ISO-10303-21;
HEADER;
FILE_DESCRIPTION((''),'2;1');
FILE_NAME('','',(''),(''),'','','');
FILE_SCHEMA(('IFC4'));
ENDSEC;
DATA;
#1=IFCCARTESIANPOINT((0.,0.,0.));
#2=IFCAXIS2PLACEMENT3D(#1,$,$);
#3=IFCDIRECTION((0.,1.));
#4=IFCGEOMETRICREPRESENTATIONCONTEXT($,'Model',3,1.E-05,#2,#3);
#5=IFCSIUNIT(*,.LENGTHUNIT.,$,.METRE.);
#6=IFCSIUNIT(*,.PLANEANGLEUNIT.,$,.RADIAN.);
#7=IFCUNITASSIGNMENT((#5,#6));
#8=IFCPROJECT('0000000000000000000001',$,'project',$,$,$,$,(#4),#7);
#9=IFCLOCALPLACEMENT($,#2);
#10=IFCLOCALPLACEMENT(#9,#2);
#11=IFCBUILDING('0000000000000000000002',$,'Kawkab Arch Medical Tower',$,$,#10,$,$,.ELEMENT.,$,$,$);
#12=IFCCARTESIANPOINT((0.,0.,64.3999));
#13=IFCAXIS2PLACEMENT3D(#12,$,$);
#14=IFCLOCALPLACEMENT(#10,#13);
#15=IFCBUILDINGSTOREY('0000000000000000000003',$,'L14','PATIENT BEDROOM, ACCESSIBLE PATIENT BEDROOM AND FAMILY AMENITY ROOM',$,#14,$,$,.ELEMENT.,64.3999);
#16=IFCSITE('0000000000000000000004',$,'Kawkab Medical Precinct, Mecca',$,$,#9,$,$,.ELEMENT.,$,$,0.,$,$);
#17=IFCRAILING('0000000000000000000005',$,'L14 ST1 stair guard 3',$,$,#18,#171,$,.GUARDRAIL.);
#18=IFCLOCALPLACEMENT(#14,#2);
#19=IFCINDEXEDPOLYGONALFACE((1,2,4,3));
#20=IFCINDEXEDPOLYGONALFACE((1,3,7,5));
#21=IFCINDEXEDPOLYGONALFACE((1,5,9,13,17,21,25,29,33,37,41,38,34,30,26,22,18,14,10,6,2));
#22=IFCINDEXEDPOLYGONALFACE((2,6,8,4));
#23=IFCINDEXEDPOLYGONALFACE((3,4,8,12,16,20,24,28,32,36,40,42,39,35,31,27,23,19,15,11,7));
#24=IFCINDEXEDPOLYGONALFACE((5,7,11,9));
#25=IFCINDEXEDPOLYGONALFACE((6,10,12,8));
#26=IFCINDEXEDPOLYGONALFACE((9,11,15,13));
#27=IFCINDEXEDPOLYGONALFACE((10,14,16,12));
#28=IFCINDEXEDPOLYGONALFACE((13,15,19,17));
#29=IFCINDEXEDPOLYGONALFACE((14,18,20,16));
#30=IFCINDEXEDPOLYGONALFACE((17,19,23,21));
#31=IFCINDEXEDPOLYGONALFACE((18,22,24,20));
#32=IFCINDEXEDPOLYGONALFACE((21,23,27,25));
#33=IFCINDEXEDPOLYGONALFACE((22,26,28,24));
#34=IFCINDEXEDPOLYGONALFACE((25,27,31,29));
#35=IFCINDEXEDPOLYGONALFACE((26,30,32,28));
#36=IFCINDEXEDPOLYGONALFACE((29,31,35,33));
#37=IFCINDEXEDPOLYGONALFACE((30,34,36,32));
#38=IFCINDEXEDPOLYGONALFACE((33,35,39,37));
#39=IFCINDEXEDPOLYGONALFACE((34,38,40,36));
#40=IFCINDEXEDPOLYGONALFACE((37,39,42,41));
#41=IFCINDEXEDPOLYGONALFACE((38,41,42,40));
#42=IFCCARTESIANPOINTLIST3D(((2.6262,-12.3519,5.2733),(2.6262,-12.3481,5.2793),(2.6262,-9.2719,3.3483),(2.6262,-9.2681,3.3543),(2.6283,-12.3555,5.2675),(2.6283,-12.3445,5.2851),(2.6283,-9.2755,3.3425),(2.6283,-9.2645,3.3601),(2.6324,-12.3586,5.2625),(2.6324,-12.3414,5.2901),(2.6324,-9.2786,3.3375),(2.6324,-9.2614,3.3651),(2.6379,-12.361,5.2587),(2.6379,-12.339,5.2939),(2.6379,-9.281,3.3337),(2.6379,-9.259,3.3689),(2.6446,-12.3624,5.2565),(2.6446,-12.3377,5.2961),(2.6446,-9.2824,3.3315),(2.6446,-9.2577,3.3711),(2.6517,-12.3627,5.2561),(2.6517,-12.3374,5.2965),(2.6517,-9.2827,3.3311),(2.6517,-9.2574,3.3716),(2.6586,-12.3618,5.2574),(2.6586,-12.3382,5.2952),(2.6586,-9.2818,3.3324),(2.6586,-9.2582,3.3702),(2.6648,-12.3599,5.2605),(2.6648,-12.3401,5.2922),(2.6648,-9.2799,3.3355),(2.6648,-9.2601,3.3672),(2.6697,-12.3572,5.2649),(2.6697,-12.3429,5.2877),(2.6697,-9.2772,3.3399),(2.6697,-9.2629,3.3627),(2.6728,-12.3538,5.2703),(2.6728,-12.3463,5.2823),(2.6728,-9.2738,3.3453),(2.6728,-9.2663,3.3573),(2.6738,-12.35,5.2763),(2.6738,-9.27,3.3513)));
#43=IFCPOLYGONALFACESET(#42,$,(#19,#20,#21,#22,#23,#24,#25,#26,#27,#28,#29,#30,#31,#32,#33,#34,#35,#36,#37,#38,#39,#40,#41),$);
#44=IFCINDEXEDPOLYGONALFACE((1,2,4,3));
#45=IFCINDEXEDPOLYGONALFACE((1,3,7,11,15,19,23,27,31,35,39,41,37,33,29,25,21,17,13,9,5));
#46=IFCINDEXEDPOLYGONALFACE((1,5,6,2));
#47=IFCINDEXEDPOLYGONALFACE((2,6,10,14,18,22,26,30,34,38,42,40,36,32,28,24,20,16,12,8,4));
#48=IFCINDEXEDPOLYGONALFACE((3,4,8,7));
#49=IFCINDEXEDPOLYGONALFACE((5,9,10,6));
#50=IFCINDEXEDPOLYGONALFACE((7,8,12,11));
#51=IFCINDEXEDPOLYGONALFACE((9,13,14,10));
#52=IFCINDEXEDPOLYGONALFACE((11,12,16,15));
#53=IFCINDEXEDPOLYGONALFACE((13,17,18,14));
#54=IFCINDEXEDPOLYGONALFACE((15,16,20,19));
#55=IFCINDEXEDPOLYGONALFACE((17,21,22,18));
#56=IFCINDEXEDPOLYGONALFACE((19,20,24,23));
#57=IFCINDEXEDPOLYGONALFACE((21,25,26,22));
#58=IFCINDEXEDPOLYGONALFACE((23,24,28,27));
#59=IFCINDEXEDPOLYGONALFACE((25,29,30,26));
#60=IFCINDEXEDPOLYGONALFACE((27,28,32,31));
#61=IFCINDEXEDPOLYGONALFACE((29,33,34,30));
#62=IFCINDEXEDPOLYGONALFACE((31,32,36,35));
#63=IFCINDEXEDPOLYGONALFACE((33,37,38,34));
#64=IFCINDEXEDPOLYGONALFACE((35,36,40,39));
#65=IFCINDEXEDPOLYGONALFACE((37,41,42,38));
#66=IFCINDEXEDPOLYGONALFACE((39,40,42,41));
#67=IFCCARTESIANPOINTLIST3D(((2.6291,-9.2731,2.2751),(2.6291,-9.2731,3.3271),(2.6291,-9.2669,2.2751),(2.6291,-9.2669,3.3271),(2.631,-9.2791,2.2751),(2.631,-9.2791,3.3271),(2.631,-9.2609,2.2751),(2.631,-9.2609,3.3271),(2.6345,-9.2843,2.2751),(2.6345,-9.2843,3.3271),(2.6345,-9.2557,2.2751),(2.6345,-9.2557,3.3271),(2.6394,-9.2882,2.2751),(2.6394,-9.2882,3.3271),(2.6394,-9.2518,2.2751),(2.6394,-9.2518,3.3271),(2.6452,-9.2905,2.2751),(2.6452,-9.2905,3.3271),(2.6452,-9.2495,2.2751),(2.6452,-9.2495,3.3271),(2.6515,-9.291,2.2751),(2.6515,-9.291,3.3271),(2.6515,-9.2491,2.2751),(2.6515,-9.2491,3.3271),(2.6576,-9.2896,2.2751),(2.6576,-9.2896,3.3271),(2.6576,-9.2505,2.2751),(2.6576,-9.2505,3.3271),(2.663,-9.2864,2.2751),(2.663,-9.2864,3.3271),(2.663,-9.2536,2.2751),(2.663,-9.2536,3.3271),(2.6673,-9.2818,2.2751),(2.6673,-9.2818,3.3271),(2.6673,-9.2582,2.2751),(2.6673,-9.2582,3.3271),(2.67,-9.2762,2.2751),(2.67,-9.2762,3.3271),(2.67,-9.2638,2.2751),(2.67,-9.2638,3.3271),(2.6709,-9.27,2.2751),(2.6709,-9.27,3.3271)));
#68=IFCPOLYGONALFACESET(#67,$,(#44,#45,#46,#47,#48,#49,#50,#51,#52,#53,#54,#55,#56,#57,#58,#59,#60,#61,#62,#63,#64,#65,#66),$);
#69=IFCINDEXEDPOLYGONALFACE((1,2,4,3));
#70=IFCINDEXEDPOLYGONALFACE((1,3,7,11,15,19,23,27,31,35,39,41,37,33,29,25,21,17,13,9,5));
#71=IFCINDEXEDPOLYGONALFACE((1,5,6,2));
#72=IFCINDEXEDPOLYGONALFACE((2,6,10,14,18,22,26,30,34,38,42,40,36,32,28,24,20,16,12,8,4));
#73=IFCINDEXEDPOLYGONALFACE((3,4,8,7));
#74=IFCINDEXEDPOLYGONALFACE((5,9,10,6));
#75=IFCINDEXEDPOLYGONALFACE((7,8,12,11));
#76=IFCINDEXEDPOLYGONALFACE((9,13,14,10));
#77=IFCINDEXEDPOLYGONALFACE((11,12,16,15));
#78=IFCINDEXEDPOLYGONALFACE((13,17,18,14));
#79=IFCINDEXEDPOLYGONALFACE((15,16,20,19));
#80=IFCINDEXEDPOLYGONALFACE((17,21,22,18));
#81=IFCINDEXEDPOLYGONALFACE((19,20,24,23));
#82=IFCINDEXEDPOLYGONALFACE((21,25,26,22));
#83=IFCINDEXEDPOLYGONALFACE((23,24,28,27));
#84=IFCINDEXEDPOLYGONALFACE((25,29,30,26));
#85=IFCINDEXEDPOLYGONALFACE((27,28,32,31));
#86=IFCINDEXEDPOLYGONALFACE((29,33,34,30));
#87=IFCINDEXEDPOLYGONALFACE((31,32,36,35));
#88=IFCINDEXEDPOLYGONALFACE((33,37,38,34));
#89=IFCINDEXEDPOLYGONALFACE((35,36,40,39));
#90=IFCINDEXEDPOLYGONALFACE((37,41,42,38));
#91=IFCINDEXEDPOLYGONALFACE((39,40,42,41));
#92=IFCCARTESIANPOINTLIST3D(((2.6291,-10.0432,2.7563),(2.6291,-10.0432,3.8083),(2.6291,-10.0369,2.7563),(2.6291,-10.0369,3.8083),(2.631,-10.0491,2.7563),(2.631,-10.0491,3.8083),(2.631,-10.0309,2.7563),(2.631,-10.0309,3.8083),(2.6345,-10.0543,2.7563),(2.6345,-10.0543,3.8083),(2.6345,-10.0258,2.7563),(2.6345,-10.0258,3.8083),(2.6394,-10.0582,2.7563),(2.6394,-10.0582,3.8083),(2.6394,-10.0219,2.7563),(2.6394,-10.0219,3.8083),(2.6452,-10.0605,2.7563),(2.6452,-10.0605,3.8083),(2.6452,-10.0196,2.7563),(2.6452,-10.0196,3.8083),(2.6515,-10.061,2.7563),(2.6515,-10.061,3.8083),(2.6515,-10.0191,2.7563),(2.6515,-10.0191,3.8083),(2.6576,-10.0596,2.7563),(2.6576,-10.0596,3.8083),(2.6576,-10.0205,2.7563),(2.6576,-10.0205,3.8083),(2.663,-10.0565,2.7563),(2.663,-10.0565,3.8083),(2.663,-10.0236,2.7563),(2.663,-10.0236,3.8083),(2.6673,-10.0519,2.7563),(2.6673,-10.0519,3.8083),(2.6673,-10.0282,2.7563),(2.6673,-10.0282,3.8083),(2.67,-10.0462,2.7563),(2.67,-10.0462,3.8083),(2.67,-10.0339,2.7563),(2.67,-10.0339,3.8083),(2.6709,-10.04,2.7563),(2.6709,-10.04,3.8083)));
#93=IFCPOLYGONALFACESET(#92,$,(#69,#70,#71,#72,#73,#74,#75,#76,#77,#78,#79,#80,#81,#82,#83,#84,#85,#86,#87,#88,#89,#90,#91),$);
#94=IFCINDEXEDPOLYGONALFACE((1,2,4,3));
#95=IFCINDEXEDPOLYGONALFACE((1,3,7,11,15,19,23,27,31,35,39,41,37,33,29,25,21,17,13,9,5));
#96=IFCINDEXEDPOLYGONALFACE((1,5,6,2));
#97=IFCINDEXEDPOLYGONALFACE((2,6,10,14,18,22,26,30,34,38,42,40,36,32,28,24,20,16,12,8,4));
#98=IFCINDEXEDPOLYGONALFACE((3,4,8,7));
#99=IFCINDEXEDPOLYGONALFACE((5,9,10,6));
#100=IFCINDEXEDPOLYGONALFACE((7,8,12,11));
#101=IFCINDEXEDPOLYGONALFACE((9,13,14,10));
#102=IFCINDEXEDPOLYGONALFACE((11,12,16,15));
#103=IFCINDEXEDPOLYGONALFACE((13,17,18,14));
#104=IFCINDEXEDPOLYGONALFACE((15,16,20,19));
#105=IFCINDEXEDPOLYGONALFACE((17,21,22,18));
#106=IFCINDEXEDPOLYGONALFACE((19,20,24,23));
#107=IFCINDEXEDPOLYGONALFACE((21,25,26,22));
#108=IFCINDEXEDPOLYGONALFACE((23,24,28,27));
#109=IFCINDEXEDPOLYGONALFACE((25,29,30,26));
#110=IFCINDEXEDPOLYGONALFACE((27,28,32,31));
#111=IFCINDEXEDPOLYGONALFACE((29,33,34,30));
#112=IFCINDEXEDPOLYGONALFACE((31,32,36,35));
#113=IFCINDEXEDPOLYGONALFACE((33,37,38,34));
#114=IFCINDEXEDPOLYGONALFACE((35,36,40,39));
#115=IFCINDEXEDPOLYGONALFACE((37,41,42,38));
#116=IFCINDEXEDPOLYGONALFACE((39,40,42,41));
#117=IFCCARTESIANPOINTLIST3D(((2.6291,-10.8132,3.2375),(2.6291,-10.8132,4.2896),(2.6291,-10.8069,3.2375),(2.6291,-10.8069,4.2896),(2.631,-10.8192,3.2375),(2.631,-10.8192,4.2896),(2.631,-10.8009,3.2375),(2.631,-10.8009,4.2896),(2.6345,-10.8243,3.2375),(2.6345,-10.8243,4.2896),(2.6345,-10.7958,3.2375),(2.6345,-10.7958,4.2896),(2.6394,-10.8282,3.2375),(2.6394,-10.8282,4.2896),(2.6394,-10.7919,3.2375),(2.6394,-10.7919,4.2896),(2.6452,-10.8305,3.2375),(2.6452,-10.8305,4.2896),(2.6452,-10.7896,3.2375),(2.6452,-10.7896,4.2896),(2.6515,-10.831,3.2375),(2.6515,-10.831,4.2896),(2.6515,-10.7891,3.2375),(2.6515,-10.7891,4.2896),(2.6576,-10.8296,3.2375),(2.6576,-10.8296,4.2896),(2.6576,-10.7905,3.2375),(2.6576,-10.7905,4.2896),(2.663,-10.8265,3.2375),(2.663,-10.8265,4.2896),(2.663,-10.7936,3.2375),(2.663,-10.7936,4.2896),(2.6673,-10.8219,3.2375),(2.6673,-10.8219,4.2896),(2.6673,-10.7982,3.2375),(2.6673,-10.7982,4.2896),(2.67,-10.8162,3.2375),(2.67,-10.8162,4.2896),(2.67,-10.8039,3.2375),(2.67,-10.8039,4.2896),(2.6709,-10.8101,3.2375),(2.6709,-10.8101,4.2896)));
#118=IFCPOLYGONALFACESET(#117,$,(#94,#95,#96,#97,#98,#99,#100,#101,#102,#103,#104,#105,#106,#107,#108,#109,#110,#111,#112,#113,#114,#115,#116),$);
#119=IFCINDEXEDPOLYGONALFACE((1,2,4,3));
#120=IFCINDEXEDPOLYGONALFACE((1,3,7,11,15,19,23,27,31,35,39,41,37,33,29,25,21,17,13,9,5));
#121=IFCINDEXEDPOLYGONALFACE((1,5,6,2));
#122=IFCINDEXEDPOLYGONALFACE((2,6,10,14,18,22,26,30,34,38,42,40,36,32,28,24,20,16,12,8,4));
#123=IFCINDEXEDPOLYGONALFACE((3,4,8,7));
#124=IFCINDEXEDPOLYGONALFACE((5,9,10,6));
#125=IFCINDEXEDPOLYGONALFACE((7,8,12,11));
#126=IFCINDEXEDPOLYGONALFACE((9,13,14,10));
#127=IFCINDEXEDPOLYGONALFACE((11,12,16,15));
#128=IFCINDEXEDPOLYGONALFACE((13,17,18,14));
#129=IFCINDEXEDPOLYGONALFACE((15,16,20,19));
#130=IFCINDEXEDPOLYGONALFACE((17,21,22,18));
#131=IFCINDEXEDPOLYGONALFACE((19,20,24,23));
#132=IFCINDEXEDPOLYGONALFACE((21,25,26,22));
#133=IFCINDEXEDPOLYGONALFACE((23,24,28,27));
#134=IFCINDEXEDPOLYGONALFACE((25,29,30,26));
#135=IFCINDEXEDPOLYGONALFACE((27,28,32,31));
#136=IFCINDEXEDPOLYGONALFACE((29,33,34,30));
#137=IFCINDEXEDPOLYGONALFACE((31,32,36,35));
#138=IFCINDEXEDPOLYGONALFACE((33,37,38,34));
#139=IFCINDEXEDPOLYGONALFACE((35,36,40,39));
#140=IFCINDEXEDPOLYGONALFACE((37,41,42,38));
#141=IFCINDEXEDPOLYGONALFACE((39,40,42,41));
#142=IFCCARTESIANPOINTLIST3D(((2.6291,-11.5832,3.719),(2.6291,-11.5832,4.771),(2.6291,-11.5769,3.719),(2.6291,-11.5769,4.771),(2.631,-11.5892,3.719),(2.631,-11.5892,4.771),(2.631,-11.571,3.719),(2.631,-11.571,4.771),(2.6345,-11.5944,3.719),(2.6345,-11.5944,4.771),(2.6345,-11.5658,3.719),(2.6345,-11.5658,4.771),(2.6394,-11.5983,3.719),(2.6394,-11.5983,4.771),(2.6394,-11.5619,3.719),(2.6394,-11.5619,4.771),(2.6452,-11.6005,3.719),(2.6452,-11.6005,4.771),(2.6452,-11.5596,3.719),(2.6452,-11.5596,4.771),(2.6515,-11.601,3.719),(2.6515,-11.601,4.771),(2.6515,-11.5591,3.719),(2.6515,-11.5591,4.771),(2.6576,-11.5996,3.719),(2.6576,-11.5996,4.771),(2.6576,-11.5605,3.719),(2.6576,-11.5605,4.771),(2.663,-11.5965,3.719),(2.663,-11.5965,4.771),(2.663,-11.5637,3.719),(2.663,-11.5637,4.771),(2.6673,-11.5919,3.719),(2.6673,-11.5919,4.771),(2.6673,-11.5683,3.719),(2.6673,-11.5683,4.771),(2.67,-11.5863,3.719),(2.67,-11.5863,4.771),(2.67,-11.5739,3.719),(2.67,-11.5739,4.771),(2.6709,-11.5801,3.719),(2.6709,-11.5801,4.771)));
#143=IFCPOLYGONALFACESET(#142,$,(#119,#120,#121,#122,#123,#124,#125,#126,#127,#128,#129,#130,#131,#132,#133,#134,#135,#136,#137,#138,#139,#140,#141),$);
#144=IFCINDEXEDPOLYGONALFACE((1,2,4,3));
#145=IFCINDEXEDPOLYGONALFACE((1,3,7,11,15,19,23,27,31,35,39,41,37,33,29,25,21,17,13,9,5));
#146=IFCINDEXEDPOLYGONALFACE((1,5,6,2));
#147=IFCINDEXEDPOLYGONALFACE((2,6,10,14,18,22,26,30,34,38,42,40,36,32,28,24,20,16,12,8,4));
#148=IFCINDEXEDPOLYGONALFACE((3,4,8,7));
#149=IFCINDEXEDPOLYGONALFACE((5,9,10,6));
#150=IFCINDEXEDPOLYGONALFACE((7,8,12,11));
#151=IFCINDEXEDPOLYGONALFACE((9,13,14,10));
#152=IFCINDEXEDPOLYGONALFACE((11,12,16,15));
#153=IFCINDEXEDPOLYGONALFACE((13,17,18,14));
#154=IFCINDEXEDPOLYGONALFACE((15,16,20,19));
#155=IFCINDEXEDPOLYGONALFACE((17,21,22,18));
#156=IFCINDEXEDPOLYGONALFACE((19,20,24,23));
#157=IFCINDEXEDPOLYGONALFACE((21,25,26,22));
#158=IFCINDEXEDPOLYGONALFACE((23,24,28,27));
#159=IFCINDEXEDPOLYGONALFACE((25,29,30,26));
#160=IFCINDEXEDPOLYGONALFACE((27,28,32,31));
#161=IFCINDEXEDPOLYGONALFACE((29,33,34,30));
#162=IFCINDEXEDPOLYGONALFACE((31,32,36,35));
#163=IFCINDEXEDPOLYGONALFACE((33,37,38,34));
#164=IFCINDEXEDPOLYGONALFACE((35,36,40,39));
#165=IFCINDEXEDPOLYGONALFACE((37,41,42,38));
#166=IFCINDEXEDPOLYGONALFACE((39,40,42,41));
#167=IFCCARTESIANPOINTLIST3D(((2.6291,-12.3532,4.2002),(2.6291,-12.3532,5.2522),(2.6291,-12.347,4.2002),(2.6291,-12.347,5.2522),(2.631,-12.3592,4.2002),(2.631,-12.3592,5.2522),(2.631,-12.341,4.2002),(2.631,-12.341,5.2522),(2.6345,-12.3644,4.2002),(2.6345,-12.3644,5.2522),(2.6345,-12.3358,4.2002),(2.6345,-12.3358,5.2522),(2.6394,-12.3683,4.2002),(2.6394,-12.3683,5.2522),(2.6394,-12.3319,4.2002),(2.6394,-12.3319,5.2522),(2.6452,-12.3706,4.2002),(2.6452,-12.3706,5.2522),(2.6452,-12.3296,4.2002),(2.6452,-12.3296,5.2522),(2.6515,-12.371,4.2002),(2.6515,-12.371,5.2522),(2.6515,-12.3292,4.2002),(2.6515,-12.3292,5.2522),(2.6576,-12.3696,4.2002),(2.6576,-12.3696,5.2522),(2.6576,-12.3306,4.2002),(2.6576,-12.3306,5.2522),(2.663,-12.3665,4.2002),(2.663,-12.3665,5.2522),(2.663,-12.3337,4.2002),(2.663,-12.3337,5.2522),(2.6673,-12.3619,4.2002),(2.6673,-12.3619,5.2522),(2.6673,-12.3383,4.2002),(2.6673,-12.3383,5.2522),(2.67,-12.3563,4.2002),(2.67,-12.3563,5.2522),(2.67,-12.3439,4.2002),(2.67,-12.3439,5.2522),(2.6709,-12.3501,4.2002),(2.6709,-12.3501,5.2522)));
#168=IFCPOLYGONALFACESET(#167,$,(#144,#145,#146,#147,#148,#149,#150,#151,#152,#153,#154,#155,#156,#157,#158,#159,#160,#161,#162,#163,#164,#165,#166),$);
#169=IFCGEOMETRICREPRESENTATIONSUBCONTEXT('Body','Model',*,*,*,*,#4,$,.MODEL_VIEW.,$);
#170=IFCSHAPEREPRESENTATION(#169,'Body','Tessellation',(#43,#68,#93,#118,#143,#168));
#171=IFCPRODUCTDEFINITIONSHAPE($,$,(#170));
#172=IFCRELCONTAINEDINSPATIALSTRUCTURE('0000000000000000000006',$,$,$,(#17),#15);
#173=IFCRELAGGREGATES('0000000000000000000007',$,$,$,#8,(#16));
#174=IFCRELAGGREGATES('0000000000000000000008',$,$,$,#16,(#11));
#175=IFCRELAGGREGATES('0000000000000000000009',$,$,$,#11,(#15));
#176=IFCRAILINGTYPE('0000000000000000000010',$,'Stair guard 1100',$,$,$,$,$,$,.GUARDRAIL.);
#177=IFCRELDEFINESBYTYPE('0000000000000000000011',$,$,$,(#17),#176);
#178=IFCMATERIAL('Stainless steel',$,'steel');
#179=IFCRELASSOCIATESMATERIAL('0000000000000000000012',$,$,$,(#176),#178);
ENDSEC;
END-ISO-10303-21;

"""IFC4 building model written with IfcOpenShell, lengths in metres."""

from ifc_helpers import new_model, si_unit, direction, frame, origin, origin_2d, place, context, subcontext, project, spatial, circle, extrude, material, type_object, element, save


model = new_model("IFC4")

# Units and contexts
model_context = context("Model", 3, precision=1e-05, world=origin(), true_north=direction((0.0, 1.0)))
body_context = subcontext(model_context, "Body", "Model", "MODEL_VIEW")
ifc_project = project(units=[si_unit("LENGTHUNIT", "METRE"), si_unit("PLANEANGLEUNIT", "RADIAN")], contexts=[model_context])

# Site, building, storey
site_placement = place(None, origin())
site = spatial("IfcSite", under=ifc_project, at=site_placement, Name="Kawkab Medical Precinct, Mecca", CompositionType="ELEMENT", RefElevation=0.0)
building_placement = place(site_placement, origin())
building = spatial("IfcBuilding", under=site, at=building_placement, Name="Kawkab Arch Medical Tower", CompositionType="ELEMENT")
storey_placement = place(building_placement, frame((0.0, 0.0, 64.3999)))
storey = spatial("IfcBuildingStorey", under=building, at=storey_placement, Name="L14", Description="PATIENT BEDROOM, ACCESSIBLE PATIENT BEDROOM AND FAMILY AMENITY ROOM", CompositionType="ELEMENT", Elevation=64.3999)

# Railing
ifc_material_1 = material(Name="Stainless steel", Category="steel")
railing_type_1 = type_object("IfcRailingType", Name="Stair guard 1100", PredefinedType="GUARDRAIL", material=ifc_material_1)
railing_1_placement = place(storey_placement, frame((2.6499, -9.27, 2.2751)))
element("IfcRailing", 1, at=railing_1_placement, inside=storey, type_object=railing_type_1, Name="L14 ST1 stair guard 3", PredefinedType="GUARDRAIL", context=body_context, shape_type="SweptSolid", body=[
    extrude(circle(Radius=0.0239, at=origin_2d()), frame((0.0, 0.0, 1.0762), z_axis=(0.0, -0.847998, 0.529999), x_axis=(1.0, 0.0, 0.0)), (0.0, 0.0, 1.0), 3.6321),
    extrude(circle(Radius=0.021, at=origin_2d()), origin(), (0.0, 0.0, 1.0), 1.052),
    extrude(circle(Radius=0.021, at=origin_2d()), frame((0.0, -0.77, 0.4812)), (0.0, 0.0, 1.0), 1.052),
    extrude(circle(Radius=0.021, at=origin_2d()), frame((0.0, -1.54, 0.9624)), (0.0, 0.0, 1.0), 1.052),
    extrude(circle(Radius=0.021, at=origin_2d()), frame((0.0, -2.3101, 1.4438)), (0.0, 0.0, 1.0), 1.052),
    extrude(circle(Radius=0.021, at=origin_2d()), frame((0.0, -3.0801, 1.925)), (0.0, 0.0, 1.0), 1.052),
])

save(model, "model.ifc")
